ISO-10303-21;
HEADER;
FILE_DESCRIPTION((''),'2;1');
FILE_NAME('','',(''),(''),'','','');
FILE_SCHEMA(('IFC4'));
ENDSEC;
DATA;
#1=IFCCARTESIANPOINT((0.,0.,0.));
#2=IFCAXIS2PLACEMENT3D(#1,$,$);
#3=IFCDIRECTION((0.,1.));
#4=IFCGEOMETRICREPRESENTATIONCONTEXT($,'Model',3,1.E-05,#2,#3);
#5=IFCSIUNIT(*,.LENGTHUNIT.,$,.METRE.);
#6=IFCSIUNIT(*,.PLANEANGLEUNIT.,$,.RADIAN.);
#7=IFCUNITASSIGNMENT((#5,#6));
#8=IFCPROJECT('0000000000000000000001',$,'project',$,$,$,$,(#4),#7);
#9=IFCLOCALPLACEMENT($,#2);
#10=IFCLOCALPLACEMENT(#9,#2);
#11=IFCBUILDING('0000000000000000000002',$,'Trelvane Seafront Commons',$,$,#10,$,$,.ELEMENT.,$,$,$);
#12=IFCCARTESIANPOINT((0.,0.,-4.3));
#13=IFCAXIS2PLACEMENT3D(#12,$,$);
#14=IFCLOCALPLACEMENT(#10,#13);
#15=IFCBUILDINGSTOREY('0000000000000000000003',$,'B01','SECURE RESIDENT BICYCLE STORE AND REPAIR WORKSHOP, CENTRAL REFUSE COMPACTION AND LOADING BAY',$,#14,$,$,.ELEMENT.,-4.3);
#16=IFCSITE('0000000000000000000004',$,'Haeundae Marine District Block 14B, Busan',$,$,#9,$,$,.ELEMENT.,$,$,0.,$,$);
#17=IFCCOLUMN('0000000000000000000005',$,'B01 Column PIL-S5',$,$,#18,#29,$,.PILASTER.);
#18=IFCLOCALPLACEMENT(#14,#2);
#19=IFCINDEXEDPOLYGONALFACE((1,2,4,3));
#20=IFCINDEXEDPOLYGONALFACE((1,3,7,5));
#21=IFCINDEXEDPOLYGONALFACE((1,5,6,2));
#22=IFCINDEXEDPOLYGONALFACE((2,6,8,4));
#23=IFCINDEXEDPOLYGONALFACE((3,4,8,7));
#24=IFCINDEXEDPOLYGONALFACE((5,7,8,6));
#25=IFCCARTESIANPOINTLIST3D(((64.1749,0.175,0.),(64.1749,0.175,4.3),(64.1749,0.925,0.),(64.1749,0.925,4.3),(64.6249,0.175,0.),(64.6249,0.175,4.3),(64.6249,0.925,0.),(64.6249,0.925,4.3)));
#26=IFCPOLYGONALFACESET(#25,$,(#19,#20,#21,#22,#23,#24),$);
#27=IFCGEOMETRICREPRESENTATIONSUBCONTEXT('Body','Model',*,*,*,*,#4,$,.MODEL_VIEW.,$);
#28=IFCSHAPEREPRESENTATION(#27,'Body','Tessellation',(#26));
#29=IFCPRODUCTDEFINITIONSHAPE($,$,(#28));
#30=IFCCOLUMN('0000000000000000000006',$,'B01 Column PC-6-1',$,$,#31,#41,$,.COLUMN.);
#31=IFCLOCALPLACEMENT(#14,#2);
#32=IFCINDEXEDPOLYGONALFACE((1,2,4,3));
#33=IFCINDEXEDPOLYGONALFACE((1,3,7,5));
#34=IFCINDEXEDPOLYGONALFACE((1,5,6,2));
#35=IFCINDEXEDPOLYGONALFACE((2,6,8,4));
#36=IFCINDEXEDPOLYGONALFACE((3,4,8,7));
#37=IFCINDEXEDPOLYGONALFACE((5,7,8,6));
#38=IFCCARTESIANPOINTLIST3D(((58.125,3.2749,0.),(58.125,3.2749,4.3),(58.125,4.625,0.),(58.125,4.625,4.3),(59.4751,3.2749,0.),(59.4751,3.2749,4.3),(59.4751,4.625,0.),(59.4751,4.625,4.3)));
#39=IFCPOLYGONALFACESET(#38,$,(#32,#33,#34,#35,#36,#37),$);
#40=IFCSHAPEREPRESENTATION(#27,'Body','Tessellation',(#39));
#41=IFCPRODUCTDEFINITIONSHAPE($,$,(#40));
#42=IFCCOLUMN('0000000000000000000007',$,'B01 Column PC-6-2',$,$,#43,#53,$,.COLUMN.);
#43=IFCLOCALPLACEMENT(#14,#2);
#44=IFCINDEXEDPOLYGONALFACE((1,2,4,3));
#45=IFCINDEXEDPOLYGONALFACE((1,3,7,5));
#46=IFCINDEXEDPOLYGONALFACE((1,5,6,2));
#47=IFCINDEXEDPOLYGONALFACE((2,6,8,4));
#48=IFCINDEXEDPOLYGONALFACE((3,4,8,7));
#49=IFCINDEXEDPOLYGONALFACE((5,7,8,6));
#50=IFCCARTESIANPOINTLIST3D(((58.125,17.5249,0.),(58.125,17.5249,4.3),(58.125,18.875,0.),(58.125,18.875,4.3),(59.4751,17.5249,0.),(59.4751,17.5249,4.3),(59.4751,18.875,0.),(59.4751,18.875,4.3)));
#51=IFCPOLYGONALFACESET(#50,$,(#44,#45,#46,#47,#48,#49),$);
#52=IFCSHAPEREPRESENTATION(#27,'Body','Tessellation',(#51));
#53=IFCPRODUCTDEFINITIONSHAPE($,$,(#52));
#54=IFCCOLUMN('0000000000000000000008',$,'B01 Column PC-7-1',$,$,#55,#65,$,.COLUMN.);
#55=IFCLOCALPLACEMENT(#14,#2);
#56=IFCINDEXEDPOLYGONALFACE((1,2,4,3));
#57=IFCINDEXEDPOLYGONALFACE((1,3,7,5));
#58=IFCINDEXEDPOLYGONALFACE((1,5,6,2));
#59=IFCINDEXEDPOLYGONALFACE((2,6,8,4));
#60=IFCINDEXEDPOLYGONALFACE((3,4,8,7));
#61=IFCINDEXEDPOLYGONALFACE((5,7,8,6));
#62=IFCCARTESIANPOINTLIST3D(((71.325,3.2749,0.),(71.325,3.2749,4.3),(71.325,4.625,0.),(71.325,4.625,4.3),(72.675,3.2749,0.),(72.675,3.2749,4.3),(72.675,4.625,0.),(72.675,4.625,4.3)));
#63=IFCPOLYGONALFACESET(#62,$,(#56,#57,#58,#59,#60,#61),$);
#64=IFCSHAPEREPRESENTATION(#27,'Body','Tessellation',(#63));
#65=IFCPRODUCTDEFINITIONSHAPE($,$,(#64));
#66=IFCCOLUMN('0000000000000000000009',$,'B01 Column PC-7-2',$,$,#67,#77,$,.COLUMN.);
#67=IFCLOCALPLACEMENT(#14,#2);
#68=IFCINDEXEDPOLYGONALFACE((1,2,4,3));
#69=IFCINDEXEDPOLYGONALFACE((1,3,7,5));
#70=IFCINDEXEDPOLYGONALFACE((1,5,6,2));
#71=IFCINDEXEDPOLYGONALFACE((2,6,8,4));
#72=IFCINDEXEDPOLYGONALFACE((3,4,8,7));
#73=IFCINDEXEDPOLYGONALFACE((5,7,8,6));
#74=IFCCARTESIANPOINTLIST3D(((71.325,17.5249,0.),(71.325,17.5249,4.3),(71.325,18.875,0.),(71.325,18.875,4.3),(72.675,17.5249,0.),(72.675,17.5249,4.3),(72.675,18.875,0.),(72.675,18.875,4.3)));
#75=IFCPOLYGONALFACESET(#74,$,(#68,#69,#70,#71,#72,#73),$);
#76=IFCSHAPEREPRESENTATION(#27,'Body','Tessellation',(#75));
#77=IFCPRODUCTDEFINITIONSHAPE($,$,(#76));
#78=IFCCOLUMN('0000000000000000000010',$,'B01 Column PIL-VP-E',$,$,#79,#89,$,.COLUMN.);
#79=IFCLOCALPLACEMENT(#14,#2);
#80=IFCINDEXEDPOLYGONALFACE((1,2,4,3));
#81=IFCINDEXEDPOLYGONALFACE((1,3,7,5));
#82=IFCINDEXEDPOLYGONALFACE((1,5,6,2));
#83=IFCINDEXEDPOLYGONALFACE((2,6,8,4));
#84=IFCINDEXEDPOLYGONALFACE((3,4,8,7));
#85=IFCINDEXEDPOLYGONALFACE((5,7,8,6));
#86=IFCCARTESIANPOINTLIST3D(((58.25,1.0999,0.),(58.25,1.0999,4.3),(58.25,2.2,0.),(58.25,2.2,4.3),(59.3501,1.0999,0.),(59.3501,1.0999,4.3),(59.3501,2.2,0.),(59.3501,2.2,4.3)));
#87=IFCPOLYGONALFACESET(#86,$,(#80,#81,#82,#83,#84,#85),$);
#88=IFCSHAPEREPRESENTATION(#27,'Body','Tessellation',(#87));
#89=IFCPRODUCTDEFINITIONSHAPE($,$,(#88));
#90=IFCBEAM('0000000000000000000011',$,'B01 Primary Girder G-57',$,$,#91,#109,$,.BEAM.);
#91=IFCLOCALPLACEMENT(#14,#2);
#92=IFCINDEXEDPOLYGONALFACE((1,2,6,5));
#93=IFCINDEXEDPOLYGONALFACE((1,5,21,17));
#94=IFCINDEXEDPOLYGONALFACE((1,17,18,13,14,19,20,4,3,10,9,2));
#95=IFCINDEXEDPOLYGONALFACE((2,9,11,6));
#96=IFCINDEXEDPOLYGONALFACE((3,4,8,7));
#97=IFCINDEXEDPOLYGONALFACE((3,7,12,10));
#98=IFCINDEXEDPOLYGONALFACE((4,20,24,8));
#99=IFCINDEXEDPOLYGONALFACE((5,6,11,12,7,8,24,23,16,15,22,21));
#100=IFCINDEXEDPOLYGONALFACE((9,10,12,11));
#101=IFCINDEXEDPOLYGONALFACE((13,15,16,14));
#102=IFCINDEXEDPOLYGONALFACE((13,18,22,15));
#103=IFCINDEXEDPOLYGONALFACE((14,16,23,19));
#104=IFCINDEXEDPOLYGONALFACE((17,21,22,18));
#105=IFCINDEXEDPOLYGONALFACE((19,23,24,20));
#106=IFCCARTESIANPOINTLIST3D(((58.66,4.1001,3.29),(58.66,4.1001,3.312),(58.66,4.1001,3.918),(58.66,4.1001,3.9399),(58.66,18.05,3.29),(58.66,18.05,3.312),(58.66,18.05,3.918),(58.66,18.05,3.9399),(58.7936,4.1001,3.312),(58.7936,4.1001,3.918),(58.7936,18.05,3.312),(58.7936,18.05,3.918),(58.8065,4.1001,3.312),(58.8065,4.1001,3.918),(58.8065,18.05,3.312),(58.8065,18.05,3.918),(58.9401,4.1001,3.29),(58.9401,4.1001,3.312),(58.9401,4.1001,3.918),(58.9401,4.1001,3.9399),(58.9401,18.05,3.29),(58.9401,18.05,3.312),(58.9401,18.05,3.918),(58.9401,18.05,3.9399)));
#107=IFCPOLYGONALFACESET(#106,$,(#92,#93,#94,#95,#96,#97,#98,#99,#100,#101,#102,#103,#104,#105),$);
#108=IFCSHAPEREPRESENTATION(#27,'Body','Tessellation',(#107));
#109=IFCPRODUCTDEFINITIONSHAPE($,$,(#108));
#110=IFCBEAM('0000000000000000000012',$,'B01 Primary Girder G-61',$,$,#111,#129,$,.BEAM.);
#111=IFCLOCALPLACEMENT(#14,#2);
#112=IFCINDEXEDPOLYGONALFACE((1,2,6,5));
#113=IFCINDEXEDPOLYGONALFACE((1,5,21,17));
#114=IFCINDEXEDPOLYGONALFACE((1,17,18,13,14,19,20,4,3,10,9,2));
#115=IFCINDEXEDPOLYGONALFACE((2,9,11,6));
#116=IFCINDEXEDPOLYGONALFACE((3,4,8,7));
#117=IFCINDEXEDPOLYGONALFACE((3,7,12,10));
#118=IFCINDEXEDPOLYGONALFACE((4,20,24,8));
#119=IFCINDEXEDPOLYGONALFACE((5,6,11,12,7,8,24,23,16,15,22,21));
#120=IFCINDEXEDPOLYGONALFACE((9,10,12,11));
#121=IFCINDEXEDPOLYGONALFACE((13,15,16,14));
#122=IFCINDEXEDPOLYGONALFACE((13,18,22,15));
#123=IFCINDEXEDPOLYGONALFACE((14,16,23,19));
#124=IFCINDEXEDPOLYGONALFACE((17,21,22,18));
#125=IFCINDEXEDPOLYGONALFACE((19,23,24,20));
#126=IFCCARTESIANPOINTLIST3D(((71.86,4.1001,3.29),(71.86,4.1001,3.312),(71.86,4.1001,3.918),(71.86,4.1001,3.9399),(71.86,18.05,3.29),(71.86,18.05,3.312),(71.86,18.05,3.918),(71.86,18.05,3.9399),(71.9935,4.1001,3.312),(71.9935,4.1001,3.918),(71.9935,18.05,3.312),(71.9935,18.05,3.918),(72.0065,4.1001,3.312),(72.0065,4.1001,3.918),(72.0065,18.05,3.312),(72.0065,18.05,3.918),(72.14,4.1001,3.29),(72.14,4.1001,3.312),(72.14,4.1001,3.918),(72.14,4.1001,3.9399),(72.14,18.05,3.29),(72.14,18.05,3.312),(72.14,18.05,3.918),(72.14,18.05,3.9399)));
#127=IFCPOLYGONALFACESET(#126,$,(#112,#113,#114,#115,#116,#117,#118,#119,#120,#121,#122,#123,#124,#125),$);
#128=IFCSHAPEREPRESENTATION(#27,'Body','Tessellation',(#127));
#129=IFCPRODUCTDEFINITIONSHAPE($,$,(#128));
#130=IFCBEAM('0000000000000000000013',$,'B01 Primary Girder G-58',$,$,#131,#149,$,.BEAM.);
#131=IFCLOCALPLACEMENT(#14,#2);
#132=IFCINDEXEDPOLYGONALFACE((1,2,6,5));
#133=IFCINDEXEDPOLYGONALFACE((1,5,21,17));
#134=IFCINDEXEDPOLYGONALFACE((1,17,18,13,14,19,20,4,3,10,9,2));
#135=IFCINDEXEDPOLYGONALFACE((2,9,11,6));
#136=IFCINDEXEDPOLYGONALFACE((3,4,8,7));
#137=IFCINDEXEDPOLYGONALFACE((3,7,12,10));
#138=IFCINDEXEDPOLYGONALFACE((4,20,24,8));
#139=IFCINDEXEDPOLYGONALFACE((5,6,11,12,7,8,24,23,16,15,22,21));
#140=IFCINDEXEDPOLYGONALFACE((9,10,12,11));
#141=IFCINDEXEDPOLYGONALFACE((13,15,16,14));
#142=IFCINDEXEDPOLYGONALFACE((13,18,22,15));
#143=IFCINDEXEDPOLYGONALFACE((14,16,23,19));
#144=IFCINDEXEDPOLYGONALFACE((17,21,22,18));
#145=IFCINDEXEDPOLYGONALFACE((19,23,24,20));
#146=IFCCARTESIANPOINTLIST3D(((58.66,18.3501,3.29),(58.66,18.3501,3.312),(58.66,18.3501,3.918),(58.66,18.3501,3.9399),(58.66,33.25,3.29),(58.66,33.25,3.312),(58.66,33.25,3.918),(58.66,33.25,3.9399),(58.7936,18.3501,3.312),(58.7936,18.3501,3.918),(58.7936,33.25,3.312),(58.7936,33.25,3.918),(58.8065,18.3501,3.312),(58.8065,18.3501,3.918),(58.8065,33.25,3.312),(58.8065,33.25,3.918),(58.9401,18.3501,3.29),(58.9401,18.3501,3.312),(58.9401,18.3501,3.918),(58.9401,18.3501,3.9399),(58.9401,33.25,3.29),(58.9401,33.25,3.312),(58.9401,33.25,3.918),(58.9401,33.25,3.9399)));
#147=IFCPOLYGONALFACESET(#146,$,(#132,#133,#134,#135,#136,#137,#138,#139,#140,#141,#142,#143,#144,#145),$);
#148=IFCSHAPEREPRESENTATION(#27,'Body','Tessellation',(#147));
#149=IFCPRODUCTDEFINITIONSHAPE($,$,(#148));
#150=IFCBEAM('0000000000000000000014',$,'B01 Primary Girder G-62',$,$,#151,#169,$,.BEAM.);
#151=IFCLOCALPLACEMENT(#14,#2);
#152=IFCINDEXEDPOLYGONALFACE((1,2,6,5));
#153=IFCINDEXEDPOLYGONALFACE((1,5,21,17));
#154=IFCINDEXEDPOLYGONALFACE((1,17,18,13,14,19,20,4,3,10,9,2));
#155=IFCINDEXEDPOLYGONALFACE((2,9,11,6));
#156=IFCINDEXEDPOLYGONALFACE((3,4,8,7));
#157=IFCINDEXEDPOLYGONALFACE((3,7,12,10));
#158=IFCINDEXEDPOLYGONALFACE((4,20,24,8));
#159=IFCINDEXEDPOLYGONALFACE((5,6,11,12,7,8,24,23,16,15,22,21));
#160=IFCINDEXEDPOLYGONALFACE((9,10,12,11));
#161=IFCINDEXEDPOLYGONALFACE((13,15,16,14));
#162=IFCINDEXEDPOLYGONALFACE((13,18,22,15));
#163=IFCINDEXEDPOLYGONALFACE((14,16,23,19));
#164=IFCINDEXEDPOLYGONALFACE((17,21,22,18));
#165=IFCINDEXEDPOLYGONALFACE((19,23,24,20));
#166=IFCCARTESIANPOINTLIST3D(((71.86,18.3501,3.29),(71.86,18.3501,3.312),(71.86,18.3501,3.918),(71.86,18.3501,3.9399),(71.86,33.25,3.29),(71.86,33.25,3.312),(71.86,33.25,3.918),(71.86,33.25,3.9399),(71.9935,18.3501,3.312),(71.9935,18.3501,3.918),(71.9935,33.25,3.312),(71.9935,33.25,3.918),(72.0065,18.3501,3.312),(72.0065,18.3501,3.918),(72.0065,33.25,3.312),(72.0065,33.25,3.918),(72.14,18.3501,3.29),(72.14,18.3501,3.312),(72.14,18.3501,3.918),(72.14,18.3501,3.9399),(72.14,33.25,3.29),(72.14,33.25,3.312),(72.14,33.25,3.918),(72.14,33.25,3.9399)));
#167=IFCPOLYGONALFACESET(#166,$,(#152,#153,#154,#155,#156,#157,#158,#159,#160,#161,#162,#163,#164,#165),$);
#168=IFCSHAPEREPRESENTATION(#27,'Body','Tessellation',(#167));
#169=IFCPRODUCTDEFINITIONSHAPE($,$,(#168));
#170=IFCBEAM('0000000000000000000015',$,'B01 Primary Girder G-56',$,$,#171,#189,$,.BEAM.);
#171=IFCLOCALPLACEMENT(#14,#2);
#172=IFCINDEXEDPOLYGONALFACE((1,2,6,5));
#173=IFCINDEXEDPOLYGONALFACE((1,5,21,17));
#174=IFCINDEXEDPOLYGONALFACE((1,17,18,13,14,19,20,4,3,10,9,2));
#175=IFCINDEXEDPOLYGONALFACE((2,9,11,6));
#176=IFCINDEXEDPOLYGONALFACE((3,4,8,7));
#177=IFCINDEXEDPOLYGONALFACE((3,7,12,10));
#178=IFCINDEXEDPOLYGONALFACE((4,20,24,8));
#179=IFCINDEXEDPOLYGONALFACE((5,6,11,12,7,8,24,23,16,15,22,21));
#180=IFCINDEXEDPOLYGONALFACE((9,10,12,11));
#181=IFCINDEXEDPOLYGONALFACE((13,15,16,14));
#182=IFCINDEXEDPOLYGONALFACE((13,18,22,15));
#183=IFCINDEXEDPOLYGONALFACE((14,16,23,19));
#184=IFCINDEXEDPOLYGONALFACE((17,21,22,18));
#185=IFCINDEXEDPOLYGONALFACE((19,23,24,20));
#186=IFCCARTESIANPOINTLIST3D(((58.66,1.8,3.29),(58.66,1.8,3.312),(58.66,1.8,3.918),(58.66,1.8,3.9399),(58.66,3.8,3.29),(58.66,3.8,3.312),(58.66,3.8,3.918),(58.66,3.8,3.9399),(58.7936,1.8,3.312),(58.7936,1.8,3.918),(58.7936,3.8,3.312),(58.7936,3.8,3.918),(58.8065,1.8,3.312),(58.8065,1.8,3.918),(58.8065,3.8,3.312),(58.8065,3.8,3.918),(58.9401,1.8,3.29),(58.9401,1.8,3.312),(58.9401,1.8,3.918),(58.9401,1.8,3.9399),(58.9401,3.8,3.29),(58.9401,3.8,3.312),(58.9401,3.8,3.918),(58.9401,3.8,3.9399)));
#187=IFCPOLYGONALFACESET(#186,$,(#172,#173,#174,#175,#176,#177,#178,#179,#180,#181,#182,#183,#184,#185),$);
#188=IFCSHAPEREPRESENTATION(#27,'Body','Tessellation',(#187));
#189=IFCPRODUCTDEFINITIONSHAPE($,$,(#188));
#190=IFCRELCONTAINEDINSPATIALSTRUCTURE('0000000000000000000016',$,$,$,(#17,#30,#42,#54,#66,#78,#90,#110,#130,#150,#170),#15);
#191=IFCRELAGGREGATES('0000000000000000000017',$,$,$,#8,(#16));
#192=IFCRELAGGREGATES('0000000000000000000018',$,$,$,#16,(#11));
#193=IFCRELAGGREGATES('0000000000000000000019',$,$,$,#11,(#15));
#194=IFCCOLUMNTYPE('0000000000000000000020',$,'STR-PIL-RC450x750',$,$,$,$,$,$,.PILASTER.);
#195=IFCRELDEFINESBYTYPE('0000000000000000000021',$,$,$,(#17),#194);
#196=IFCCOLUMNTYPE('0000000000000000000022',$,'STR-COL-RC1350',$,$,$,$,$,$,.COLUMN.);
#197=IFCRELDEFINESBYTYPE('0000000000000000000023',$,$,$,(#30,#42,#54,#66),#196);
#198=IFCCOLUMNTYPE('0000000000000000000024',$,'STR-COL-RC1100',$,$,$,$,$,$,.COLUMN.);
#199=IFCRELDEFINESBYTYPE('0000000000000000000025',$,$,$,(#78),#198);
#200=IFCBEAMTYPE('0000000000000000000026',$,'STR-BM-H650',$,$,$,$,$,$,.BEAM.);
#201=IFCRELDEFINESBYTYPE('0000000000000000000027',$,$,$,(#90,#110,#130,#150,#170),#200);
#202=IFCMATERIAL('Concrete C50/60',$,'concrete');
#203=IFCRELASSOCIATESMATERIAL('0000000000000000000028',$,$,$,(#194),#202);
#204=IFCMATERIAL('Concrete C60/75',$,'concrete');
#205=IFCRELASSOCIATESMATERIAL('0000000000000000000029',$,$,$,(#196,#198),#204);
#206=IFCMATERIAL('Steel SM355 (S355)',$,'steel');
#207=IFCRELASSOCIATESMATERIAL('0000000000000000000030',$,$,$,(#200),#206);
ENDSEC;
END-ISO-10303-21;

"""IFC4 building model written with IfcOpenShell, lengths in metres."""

from ifc_helpers import new_model, si_unit, direction, frame, origin, origin_2d, place, context, subcontext, project, spatial, rectangle, i_section, extrude, source, transform, mapped, material, material_profile, profile_set, type_object, element, save


model = new_model("IFC4")

# Units and contexts
model_context = context("Model", 3, precision=1e-05, world=origin(), true_north=direction((0.0, 1.0)))
body_context = subcontext(model_context, "Body", "Model", "MODEL_VIEW")
ifc_project = project(units=[si_unit("LENGTHUNIT", "METRE"), si_unit("PLANEANGLEUNIT", "RADIAN")], contexts=[model_context])

# Site, building, storey
site_placement = place(None, origin())
site = spatial("IfcSite", under=ifc_project, at=site_placement, Name="Haeundae Marine District Block 14B, Busan", CompositionType="ELEMENT", RefElevation=0.0)
building_placement = place(site_placement, origin())
building = spatial("IfcBuilding", under=site, at=building_placement, Name="Trelvane Seafront Commons", CompositionType="ELEMENT")
storey_placement = place(building_placement, frame((0.0, 0.0, -4.3)))
storey = spatial("IfcBuildingStorey", under=building, at=storey_placement, Name="B01", Description="SECURE RESIDENT BICYCLE STORE AND REPAIR WORKSHOP, CENTRAL REFUSE COMPACTION AND LOADING BAY", CompositionType="ELEMENT", Elevation=-4.3)

# Columns
ifc_material_1 = material(Name="Concrete C50/60", Category="concrete")
ifc_material_profile_1 = material_profile(ifc_material_1, rectangle(XDim=0.45, YDim=0.75, at=origin_2d()), Name="RC-450x750")
ifc_profile_set_1 = profile_set([ifc_material_profile_1], Name="Concrete C50/60")
column_type_1 = type_object("IfcColumnType", Name="STR-PIL-RC450x750", PredefinedType="PILASTER", material=ifc_profile_set_1)
shared_shape_1 = source(origin(), body_context, "Body", "SweptSolid", [
    extrude(rectangle(XDim=0.45, YDim=0.75, at=origin_2d()), origin(), (0.0, 0.0, 1.0), 4.3),
])
column_1_placement = place(storey_placement, frame((64.3999, 0.55, 0.0), z_axis=(0.0, 0.0, 1.0), x_axis=(1.0, 0.0, 0.0)))
element("IfcColumn", 1, at=column_1_placement, inside=storey, type_object=column_type_1, Name="B01 Column PIL-S5", PredefinedType="PILASTER", context=body_context, shape_type="MappedRepresentation", body=[
    mapped(shared_shape_1, transform((0.0, 0.0, 0.0), x_axis=(1.0, 0.0, 0.0), y_axis=(0.0, 1.0, 0.0), z_axis=(0.0, 0.0, 1.0), scale=1.0)),
])
ifc_material_2 = material(Name="Concrete C60/75", Category="concrete")
ifc_material_profile_2 = material_profile(ifc_material_2, rectangle(XDim=1.3501, YDim=1.3501, at=origin_2d()), Name="RC-1350x1350")
ifc_profile_set_2 = profile_set([ifc_material_profile_2], Name="Concrete C60/75")
column_type_2 = type_object("IfcColumnType", Name="STR-COL-RC1350", PredefinedType="COLUMN", material=ifc_profile_set_2)
shared_shape_2 = source(origin(), body_context, "Body", "SweptSolid", [
    extrude(rectangle(XDim=1.3501, YDim=1.3501, at=origin_2d()), origin(), (0.0, 0.0, 1.0), 4.3),
])
for number, where, z_axis, x_axis, name in (
    (2, (58.8, 3.95, 0.0), (0.0, 0.0, 1.0), (1.0, 0.0, 0.0), "B01 Column PC-6-1"),
    (3, (58.8, 18.2, 0.0), (0.0, 0.0, 1.0), (1.0, 0.0, 0.0), "B01 Column PC-6-2"),
    (4, (72.0, 3.95, 0.0), (0.0, 0.0, 1.0), (1.0, 0.0, 0.0), "B01 Column PC-7-1"),
    (5, (72.0, 18.2, 0.0), (0.0, 0.0, 1.0), (1.0, 0.0, 0.0), "B01 Column PC-7-2"),
):
    element("IfcColumn", number, at=place(storey_placement, frame(where, z_axis=z_axis, x_axis=x_axis)), inside=storey, type_object=column_type_2, Name=name, PredefinedType="COLUMN", context=body_context, shape_type="MappedRepresentation", body=[
        mapped(shared_shape_2, transform((0.0, 0.0, 0.0), x_axis=(1.0, 0.0, 0.0), y_axis=(0.0, 1.0, 0.0), z_axis=(0.0, 0.0, 1.0), scale=1.0)),
    ])
ifc_material_profile_3 = material_profile(ifc_material_2, rectangle(XDim=1.1001, YDim=1.1001, at=origin_2d()), Name="RC-1100x1100")
ifc_profile_set_3 = profile_set([ifc_material_profile_3], Name="Concrete C60/75")
column_type_3 = type_object("IfcColumnType", Name="STR-COL-RC1100", PredefinedType="COLUMN", material=ifc_profile_set_3)
shared_shape_3 = source(origin(), body_context, "Body", "SweptSolid", [
    extrude(rectangle(XDim=1.1001, YDim=1.1001, at=origin_2d()), origin(), (0.0, 0.0, 1.0), 4.3),
])
column_2_placement = place(storey_placement, frame((58.8, 1.6499, 0.0), z_axis=(0.0, 0.0, 1.0), x_axis=(1.0, 0.0, 0.0)))
element("IfcColumn", 6, at=column_2_placement, inside=storey, type_object=column_type_3, Name="B01 Column PIL-VP-E", PredefinedType="COLUMN", context=body_context, shape_type="MappedRepresentation", body=[
    mapped(shared_shape_3, transform((0.0, 0.0, 0.0), x_axis=(1.0, 0.0, 0.0), y_axis=(0.0, 1.0, 0.0), z_axis=(0.0, 0.0, 1.0), scale=1.0)),
])

# Beams
ifc_material_3 = material(Name="Steel SM355 (S355)", Category="steel")
ifc_material_profile_4 = material_profile(ifc_material_3, i_section(OverallWidth=0.28, OverallDepth=0.6499, WebThickness=0.0129, FlangeThickness=0.022, at=origin_2d()), Name="H-650x280x13x22")
ifc_profile_set_4 = profile_set([ifc_material_profile_4], Name="Steel SM355 (S355)")
beam_type_1 = type_object("IfcBeamType", Name="STR-BM-H650", PredefinedType="BEAM", material=ifc_profile_set_4)
shared_shape_4 = source(origin(), body_context, "Body", "SweptSolid", [
    extrude(i_section(OverallWidth=0.28, OverallDepth=0.6499, WebThickness=0.0129, FlangeThickness=0.022, at=origin_2d()), origin(), (0.0, 0.0, 1.0), 13.95),
])
for number, where, z_axis, x_axis, name in (
    (7, (58.8, 4.1001, 3.615), (0.0, 1.0, 0.0), (-1.0, 0.0, 0.0), "B01 Primary Girder G-57"),
    (8, (72.0, 4.1001, 3.615), (0.0, 1.0, 0.0), (-1.0, 0.0, 0.0), "B01 Primary Girder G-61"),
):
    element("IfcBeam", number, at=place(storey_placement, frame(where, z_axis=z_axis, x_axis=x_axis)), inside=storey, type_object=beam_type_1, Name=name, PredefinedType="BEAM", context=body_context, shape_type="MappedRepresentation", body=[
        mapped(shared_shape_4, transform((0.0, 0.0, 0.0), x_axis=(1.0, 0.0, 0.0), y_axis=(0.0, 1.0, 0.0), z_axis=(0.0, 0.0, 1.0), scale=1.0)),
    ])
shared_shape_5 = source(origin(), body_context, "Body", "SweptSolid", [
    extrude(i_section(OverallWidth=0.28, OverallDepth=0.6499, WebThickness=0.0129, FlangeThickness=0.022, at=origin_2d()), origin(), (0.0, 0.0, 1.0), 14.8999),
])
for number, where, z_axis, x_axis, name in (
    (9, (58.8, 18.3501, 3.615), (0.0, 1.0, 0.0), (-1.0, 0.0, 0.0), "B01 Primary Girder G-58"),
    (10, (72.0, 18.3501, 3.615), (0.0, 1.0, 0.0), (-1.0, 0.0, 0.0), "B01 Primary Girder G-62"),
):
    element("IfcBeam", number, at=place(storey_placement, frame(where, z_axis=z_axis, x_axis=x_axis)), inside=storey, type_object=beam_type_1, Name=name, PredefinedType="BEAM", context=body_context, shape_type="MappedRepresentation", body=[
        mapped(shared_shape_5, transform((0.0, 0.0, 0.0), x_axis=(1.0, 0.0, 0.0), y_axis=(0.0, 1.0, 0.0), z_axis=(0.0, 0.0, 1.0), scale=1.0)),
    ])
shared_shape_6 = source(origin(), body_context, "Body", "SweptSolid", [
    extrude(i_section(OverallWidth=0.28, OverallDepth=0.6499, WebThickness=0.0129, FlangeThickness=0.022, at=origin_2d()), origin(), (0.0, 0.0, 1.0), 2.0),
])
beam_placement = place(storey_placement, frame((58.8, 1.8, 3.615), z_axis=(0.0, 1.0, 0.0), x_axis=(-1.0, 0.0, 0.0)))
element("IfcBeam", 11, at=beam_placement, inside=storey, type_object=beam_type_1, Name="B01 Primary Girder G-56", PredefinedType="BEAM", context=body_context, shape_type="MappedRepresentation", body=[
    mapped(shared_shape_6, transform((0.0, 0.0, 0.0), x_axis=(1.0, 0.0, 0.0), y_axis=(0.0, 1.0, 0.0), z_axis=(0.0, 0.0, 1.0), scale=1.0)),
])

save(model, "model.ifc")
